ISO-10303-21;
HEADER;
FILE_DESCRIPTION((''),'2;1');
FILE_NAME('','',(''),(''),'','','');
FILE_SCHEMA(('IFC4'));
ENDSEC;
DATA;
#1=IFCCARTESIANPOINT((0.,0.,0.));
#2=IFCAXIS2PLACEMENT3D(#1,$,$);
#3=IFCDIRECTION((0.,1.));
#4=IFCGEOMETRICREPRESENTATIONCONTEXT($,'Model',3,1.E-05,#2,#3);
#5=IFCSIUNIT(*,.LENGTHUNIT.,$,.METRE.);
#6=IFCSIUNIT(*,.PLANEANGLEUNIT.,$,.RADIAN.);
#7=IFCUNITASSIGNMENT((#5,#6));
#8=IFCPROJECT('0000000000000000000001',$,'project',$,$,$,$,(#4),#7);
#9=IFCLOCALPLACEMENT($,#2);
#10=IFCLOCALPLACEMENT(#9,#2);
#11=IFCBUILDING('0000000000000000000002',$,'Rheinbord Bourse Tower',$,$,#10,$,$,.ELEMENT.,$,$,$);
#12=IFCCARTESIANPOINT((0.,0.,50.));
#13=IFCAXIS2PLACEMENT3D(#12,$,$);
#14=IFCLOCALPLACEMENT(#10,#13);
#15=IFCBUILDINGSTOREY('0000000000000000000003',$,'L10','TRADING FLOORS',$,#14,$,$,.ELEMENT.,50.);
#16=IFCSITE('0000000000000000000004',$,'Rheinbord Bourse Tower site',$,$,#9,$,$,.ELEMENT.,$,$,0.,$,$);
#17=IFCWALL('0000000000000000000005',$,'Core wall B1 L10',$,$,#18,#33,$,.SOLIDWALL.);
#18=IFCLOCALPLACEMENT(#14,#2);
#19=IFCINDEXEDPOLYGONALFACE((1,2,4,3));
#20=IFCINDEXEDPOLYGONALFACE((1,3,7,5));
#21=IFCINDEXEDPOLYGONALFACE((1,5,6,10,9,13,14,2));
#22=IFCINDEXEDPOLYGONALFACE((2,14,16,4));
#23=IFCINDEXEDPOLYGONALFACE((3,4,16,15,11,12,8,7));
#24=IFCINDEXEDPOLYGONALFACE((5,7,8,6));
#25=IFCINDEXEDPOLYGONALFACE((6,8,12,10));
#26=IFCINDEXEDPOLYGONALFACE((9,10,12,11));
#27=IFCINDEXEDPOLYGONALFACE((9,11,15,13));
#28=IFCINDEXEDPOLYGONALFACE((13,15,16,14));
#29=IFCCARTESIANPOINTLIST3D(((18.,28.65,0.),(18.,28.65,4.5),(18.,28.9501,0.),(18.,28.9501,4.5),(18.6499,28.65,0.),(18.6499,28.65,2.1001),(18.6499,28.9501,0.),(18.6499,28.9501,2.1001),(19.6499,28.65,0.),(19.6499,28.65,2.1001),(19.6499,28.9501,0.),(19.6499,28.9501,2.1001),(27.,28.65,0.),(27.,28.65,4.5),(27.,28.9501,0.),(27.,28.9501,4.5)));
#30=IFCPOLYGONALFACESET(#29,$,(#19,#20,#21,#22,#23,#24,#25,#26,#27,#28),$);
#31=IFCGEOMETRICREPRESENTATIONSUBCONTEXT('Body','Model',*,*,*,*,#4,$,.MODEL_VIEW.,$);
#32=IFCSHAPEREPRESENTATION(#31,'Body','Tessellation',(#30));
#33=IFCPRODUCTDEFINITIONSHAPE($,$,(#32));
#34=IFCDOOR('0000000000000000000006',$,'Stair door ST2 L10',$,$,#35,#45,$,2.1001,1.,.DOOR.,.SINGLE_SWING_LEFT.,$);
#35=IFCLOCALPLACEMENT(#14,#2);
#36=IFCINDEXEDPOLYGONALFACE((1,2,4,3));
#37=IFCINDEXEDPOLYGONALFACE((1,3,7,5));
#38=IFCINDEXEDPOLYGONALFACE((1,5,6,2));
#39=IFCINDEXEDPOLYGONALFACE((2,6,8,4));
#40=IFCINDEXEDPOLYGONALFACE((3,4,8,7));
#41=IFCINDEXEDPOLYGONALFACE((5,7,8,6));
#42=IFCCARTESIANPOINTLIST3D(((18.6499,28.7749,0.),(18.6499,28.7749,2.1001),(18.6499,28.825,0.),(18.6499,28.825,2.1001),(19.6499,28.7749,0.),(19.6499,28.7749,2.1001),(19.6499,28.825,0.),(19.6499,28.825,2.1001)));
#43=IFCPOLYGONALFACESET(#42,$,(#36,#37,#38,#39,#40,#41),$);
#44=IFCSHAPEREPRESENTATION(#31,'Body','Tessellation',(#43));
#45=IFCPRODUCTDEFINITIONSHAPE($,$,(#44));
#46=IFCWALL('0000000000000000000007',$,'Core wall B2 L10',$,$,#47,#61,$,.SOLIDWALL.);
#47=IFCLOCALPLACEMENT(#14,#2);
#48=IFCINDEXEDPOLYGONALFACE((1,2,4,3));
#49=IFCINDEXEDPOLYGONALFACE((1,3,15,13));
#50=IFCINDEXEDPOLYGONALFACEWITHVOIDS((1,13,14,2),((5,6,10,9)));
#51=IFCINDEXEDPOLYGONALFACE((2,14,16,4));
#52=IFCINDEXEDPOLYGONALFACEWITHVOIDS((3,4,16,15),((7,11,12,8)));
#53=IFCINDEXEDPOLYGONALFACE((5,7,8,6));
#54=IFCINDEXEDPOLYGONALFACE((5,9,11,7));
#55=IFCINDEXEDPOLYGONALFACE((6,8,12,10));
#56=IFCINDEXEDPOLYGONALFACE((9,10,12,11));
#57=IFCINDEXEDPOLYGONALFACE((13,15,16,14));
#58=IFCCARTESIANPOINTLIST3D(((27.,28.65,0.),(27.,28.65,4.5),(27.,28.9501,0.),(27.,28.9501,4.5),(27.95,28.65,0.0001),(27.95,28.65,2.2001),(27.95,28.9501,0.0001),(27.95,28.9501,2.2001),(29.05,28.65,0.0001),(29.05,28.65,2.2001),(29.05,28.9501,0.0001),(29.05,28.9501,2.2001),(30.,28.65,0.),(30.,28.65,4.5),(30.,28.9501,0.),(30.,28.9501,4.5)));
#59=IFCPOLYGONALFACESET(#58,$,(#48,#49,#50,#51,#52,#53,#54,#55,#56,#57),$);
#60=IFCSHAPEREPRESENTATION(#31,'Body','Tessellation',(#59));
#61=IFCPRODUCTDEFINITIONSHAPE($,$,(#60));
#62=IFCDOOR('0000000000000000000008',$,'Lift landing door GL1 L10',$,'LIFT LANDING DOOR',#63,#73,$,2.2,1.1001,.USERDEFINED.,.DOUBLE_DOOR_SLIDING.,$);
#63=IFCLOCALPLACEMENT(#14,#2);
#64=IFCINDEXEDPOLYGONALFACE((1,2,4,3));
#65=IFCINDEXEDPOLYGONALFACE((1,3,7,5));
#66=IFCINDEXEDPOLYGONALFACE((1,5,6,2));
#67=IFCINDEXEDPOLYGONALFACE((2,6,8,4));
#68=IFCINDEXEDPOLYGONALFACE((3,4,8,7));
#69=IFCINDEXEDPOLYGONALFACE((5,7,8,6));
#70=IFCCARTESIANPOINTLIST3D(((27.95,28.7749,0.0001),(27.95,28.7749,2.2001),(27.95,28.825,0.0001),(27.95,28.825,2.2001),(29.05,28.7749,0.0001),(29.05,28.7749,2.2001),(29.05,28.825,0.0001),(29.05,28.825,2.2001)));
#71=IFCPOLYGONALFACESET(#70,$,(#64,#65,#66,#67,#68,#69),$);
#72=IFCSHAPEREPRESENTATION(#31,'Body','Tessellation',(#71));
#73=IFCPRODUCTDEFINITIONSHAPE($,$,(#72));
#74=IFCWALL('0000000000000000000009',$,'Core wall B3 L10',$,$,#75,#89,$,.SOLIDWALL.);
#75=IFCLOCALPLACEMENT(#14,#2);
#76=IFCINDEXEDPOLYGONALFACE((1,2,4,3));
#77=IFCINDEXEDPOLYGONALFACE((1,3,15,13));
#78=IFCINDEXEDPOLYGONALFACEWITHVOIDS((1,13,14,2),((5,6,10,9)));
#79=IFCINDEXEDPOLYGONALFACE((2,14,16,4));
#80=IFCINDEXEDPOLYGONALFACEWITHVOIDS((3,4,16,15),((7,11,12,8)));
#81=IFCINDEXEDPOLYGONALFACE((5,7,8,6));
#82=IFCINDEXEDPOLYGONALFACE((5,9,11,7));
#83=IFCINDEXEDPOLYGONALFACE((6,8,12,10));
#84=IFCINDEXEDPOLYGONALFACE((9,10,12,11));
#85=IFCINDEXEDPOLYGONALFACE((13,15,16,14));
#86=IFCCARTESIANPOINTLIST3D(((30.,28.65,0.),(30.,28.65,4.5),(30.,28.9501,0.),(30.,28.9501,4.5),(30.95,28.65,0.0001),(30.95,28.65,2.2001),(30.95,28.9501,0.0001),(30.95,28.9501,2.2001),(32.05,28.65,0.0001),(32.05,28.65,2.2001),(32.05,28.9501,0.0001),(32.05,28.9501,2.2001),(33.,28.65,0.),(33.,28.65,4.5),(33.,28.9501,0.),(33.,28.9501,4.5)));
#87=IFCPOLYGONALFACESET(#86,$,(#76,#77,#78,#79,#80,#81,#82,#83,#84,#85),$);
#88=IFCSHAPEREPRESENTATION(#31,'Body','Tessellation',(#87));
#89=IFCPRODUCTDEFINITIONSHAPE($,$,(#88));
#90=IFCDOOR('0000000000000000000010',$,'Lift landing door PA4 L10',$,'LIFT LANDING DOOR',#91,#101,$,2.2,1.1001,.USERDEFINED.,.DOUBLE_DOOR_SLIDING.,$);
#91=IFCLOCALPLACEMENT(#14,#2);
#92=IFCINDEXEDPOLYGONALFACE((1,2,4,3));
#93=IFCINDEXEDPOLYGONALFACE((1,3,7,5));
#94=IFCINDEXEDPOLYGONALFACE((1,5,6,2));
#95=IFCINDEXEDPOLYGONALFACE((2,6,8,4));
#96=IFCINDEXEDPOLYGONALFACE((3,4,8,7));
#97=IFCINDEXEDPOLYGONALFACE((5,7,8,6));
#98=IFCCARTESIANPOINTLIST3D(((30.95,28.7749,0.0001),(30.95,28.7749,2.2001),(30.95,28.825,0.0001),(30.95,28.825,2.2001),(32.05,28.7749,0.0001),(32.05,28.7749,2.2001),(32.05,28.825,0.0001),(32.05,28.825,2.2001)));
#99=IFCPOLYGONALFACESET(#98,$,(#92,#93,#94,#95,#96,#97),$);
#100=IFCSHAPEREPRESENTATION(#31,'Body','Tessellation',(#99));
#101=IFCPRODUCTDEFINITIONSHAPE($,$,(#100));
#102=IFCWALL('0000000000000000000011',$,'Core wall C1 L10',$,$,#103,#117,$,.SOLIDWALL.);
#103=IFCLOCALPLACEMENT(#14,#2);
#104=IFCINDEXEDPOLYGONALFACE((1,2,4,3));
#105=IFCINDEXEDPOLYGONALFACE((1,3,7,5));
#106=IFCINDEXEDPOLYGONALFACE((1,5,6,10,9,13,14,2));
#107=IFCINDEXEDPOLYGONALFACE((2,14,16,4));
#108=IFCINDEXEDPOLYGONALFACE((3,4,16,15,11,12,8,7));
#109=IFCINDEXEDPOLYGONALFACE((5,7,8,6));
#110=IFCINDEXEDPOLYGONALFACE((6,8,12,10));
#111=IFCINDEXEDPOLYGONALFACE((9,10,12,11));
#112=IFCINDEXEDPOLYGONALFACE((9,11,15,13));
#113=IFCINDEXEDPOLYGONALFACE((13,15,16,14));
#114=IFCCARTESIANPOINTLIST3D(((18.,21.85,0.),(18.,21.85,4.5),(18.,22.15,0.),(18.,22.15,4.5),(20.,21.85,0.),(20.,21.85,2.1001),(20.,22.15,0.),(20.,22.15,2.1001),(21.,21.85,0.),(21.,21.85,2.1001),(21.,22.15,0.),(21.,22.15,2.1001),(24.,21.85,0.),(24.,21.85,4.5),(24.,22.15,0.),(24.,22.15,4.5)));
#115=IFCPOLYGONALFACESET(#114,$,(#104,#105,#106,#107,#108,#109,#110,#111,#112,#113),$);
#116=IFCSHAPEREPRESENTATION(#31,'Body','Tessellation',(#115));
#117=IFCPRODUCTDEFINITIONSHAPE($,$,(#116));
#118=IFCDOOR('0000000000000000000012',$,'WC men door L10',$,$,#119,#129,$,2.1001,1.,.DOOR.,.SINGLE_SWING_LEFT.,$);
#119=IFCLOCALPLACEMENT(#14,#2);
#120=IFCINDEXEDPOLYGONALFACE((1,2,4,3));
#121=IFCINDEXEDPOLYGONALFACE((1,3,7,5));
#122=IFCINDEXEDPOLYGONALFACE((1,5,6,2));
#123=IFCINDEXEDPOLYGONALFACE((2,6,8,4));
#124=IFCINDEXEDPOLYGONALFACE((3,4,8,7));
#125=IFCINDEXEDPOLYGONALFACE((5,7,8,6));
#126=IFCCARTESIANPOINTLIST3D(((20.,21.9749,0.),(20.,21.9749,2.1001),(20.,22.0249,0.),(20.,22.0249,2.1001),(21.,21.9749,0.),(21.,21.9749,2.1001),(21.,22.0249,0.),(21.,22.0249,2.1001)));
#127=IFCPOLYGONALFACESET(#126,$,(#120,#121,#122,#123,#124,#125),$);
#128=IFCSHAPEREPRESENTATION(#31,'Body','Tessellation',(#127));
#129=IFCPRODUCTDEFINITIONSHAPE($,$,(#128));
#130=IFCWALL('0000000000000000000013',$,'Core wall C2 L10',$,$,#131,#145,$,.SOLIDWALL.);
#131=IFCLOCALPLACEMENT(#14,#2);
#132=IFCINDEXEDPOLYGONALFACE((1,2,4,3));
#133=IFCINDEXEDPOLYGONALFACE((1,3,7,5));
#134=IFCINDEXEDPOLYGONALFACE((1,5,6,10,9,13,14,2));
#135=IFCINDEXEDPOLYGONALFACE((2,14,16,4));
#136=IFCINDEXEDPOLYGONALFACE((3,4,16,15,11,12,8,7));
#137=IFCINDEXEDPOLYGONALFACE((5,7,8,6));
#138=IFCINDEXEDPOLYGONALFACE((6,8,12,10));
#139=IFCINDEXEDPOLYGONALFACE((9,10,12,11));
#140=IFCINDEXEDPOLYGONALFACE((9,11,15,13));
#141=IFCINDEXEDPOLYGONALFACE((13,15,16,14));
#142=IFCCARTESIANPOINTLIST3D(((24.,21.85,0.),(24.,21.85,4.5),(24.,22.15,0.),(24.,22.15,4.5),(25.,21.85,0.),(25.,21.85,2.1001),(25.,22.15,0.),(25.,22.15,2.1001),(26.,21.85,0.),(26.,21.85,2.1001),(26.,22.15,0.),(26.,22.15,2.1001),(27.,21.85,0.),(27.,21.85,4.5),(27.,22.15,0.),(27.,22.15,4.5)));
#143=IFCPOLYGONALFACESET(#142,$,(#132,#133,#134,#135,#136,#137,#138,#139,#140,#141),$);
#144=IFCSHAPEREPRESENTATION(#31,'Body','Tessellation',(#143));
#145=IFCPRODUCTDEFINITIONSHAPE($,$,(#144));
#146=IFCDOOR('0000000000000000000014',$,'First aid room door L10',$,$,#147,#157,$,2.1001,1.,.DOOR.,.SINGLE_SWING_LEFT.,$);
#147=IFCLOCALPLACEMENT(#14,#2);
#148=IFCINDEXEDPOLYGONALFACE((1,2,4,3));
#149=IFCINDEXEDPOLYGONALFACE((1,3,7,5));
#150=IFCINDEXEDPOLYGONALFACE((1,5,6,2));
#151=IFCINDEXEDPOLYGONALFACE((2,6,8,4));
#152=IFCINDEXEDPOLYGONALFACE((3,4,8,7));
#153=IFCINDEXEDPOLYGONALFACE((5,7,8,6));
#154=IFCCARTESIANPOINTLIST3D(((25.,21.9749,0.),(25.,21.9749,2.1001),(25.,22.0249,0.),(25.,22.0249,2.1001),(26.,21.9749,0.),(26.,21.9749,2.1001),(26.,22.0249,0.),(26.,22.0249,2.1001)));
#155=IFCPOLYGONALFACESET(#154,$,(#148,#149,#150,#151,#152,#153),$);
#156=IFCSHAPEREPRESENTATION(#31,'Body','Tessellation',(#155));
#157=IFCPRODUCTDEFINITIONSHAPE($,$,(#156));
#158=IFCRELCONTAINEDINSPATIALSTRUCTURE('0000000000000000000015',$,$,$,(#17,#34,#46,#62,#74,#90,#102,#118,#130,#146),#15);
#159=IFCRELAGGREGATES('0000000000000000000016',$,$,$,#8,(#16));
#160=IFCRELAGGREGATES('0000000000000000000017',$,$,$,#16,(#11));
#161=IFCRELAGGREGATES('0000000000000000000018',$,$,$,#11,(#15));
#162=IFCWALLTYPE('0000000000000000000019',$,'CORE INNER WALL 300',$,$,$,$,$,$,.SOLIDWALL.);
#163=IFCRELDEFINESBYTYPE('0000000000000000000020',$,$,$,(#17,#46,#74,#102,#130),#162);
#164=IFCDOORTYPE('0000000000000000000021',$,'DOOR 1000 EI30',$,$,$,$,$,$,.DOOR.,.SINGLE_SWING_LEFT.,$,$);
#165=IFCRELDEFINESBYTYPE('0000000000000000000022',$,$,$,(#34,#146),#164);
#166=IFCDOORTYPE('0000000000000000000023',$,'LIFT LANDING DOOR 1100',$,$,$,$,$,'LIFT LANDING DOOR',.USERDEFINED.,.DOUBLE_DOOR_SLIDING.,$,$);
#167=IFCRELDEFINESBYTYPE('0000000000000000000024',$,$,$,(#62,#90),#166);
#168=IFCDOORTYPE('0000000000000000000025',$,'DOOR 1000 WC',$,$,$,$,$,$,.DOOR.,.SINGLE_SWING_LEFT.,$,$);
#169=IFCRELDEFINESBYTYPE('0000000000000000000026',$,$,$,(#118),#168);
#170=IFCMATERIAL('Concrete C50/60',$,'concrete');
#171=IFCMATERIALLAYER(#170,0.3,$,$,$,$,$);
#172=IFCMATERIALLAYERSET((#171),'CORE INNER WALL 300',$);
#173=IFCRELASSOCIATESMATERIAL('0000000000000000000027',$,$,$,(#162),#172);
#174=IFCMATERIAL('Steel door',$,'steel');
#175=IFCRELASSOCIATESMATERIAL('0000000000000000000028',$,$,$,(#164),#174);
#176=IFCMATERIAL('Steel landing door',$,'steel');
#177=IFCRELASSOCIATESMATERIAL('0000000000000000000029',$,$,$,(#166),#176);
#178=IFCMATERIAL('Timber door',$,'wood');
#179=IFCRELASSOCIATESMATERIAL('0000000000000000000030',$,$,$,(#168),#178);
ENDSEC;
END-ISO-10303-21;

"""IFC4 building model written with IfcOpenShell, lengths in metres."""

from ifc_helpers import new_model, si_unit, direction, frame, frame_2d, origin, place, context, subcontext, project, spatial, rectangle, extrude, material, layer, layer_set, type_object, element, fill, save


model = new_model("IFC4")

# Units and contexts
model_context = context("Model", 3, precision=1e-05, world=origin(), true_north=direction((0.0, 1.0)))
body_context = subcontext(model_context, "Body", "Model", "MODEL_VIEW")
ifc_project = project(units=[si_unit("LENGTHUNIT", "METRE"), si_unit("PLANEANGLEUNIT", "RADIAN")], contexts=[model_context])

# Site, building, storey
site_placement = place(None, origin())
site = spatial("IfcSite", under=ifc_project, at=site_placement, Name="Rheinbord Bourse Tower site", CompositionType="ELEMENT", RefElevation=0.0)
building_placement = place(site_placement, origin())
building = spatial("IfcBuilding", under=site, at=building_placement, Name="Rheinbord Bourse Tower", CompositionType="ELEMENT")
storey_placement = place(building_placement, frame((0.0, 0.0, 50.0)))
storey = spatial("IfcBuildingStorey", under=building, at=storey_placement, Name="L10", Description="TRADING FLOORS", CompositionType="ELEMENT", Elevation=50.0)

# Walls, openings, doors
ifc_material_1 = material(Name="Concrete C50/60", Category="concrete")
ifc_layer_1 = layer(ifc_material_1, 0.3)
ifc_layer_set_1 = layer_set([ifc_layer_1], Name="CORE INNER WALL 300")
wall_type_1 = type_object("IfcWallType", Name="CORE INNER WALL 300", PredefinedType="SOLIDWALL", material=ifc_layer_set_1)
wall_1_placement = place(storey_placement, frame((18.0, 28.8, 0.0), z_axis=(0.0, 0.0, 1.0), x_axis=(1.0, 0.0, 0.0)))
wall_1 = element("IfcWall", 1, at=wall_1_placement, inside=storey, type_object=wall_type_1, Name="Core wall B1 L10", PredefinedType="SOLIDWALL", context=body_context, shape_type="SweptSolid", body=[
    extrude(rectangle(XDim=9.0, YDim=0.3, at=frame_2d((4.5, 0.0))), origin(), (0.0, 0.0, 1.0), 4.5),
])
opening_1_placement = place(wall_1_placement, frame((0.6499, 0.0, 0.0)))
opening_1 = element("IfcOpeningElement", 2, at=opening_1_placement, cuts=wall_1, PredefinedType="OPENING", context=body_context, shape_type="SweptSolid", body=[
    extrude(rectangle(XDim=1.0, YDim=2.1001, at=frame_2d((0.5, 1.05))), frame((0.0, 0.1599, 0.0), z_axis=(0.0, -1.0, 0.0), x_axis=(1.0, 0.0, 0.0)), (0.0, 0.0, 1.0), 0.3201),
])
ifc_material_2 = material(Name="Steel door", Category="steel")
door_type_1 = type_object("IfcDoorType", Name="DOOR 1000 EI30", OperationType="SINGLE_SWING_LEFT", PredefinedType="DOOR", material=ifc_material_2)
door_1_placement = place(opening_1_placement, origin())
door_1 = element("IfcDoor", 3, at=door_1_placement, inside=storey, type_object=door_type_1, Name="Stair door ST2 L10", OperationType="SINGLE_SWING_LEFT", OverallHeight=2.1001, OverallWidth=1.0, PredefinedType="DOOR", context=body_context, shape_type="SweptSolid", body=[
    extrude(rectangle(XDim=1.0, YDim=2.1001, at=frame_2d((0.5, 1.05))), frame((0.0, 0.0249, 0.0), z_axis=(0.0, -1.0, 0.0), x_axis=(1.0, 0.0, 0.0)), (0.0, 0.0, 1.0), 0.05),
])
fill(opening_1, door_1)
wall_2_placement = place(storey_placement, frame((27.0, 28.8, 0.0), z_axis=(0.0, 0.0, 1.0), x_axis=(1.0, 0.0, 0.0)))
wall_2 = element("IfcWall", 4, at=wall_2_placement, inside=storey, type_object=wall_type_1, Name="Core wall B2 L10", PredefinedType="SOLIDWALL", context=body_context, shape_type="SweptSolid", body=[
    extrude(rectangle(XDim=3.0, YDim=0.3, at=frame_2d((1.5, 0.0))), origin(), (0.0, 0.0, 1.0), 4.5),
])
opening_2_placement = place(wall_2_placement, frame((0.95, 0.0, 0.0)))
opening_2 = element("IfcOpeningElement", 5, at=opening_2_placement, cuts=wall_2, PredefinedType="OPENING", context=body_context, shape_type="SweptSolid", body=[
    extrude(rectangle(XDim=1.1001, YDim=2.2, at=frame_2d((0.55, 1.1001))), frame((0.0, 0.1599, 0.0), z_axis=(0.0, -1.0, 0.0), x_axis=(1.0, 0.0, 0.0)), (0.0, 0.0, 1.0), 0.3201),
])
ifc_material_3 = material(Name="Steel landing door", Category="steel")
door_type_2 = type_object("IfcDoorType", Name="LIFT LANDING DOOR 1100", ElementType="LIFT LANDING DOOR", OperationType="DOUBLE_DOOR_SLIDING", PredefinedType="USERDEFINED", material=ifc_material_3)
door_2_placement = place(opening_2_placement, origin())
door_2 = element("IfcDoor", 6, at=door_2_placement, inside=storey, type_object=door_type_2, Name="Lift landing door GL1 L10", ObjectType="LIFT LANDING DOOR", OperationType="DOUBLE_DOOR_SLIDING", OverallHeight=2.2, OverallWidth=1.1001, PredefinedType="USERDEFINED", context=body_context, shape_type="SweptSolid", body=[
    extrude(rectangle(XDim=1.1001, YDim=2.2, at=frame_2d((0.55, 1.1001))), frame((0.0, 0.0249, 0.0), z_axis=(0.0, -1.0, 0.0), x_axis=(1.0, 0.0, 0.0)), (0.0, 0.0, 1.0), 0.05),
])
fill(opening_2, door_2)
wall_3_placement = place(storey_placement, frame((30.0, 28.8, 0.0), z_axis=(0.0, 0.0, 1.0), x_axis=(1.0, 0.0, 0.0)))
wall_3 = element("IfcWall", 7, at=wall_3_placement, inside=storey, type_object=wall_type_1, Name="Core wall B3 L10", PredefinedType="SOLIDWALL", context=body_context, shape_type="SweptSolid", body=[
    extrude(rectangle(XDim=3.0, YDim=0.3, at=frame_2d((1.5, 0.0))), origin(), (0.0, 0.0, 1.0), 4.5),
])
opening_3_placement = place(wall_3_placement, frame((0.95, 0.0, 0.0)))
opening_3 = element("IfcOpeningElement", 8, at=opening_3_placement, cuts=wall_3, PredefinedType="OPENING", context=body_context, shape_type="SweptSolid", body=[
    extrude(rectangle(XDim=1.1001, YDim=2.2, at=frame_2d((0.55, 1.1001))), frame((0.0, 0.1599, 0.0), z_axis=(0.0, -1.0, 0.0), x_axis=(1.0, 0.0, 0.0)), (0.0, 0.0, 1.0), 0.3201),
])
door_3_placement = place(opening_3_placement, origin())
door_3 = element("IfcDoor", 9, at=door_3_placement, inside=storey, type_object=door_type_2, Name="Lift landing door PA4 L10", ObjectType="LIFT LANDING DOOR", OperationType="DOUBLE_DOOR_SLIDING", OverallHeight=2.2, OverallWidth=1.1001, PredefinedType="USERDEFINED", context=body_context, shape_type="SweptSolid", body=[
    extrude(rectangle(XDim=1.1001, YDim=2.2, at=frame_2d((0.55, 1.1001))), frame((0.0, 0.0249, 0.0), z_axis=(0.0, -1.0, 0.0), x_axis=(1.0, 0.0, 0.0)), (0.0, 0.0, 1.0), 0.05),
])
fill(opening_3, door_3)
wall_4_placement = place(storey_placement, frame((18.0, 22.0, 0.0), z_axis=(0.0, 0.0, 1.0), x_axis=(1.0, 0.0, 0.0)))
wall_4 = element("IfcWall", 10, at=wall_4_placement, inside=storey, type_object=wall_type_1, Name="Core wall C1 L10", PredefinedType="SOLIDWALL", context=body_context, shape_type="SweptSolid", body=[
    extrude(rectangle(XDim=6.0, YDim=0.3, at=frame_2d((3.0, 0.0))), origin(), (0.0, 0.0, 1.0), 4.5),
])
opening_4_placement = place(wall_4_placement, frame((2.0, 0.0, 0.0)))
opening_4 = element("IfcOpeningElement", 11, at=opening_4_placement, cuts=wall_4, PredefinedType="OPENING", context=body_context, shape_type="SweptSolid", body=[
    extrude(rectangle(XDim=1.0, YDim=2.1001, at=frame_2d((0.5, 1.05))), frame((0.0, 0.1599, 0.0), z_axis=(0.0, -1.0, 0.0), x_axis=(1.0, 0.0, 0.0)), (0.0, 0.0, 1.0), 0.3201),
])
ifc_material_4 = material(Name="Timber door", Category="wood")
door_type_3 = type_object("IfcDoorType", Name="DOOR 1000 WC", OperationType="SINGLE_SWING_LEFT", PredefinedType="DOOR", material=ifc_material_4)
door_4_placement = place(opening_4_placement, origin())
door_4 = element("IfcDoor", 12, at=door_4_placement, inside=storey, type_object=door_type_3, Name="WC men door L10", OperationType="SINGLE_SWING_LEFT", OverallHeight=2.1001, OverallWidth=1.0, PredefinedType="DOOR", context=body_context, shape_type="SweptSolid", body=[
    extrude(rectangle(XDim=1.0, YDim=2.1001, at=frame_2d((0.5, 1.05))), frame((0.0, 0.0249, 0.0), z_axis=(0.0, -1.0, 0.0), x_axis=(1.0, 0.0, 0.0)), (0.0, 0.0, 1.0), 0.05),
])
fill(opening_4, door_4)
wall_5_placement = place(storey_placement, frame((24.0, 22.0, 0.0), z_axis=(0.0, 0.0, 1.0), x_axis=(1.0, 0.0, 0.0)))
wall_5 = element("IfcWall", 13, at=wall_5_placement, inside=storey, type_object=wall_type_1, Name="Core wall C2 L10", PredefinedType="SOLIDWALL", context=body_context, shape_type="SweptSolid", body=[
    extrude(rectangle(XDim=3.0, YDim=0.3, at=frame_2d((1.5, 0.0))), origin(), (0.0, 0.0, 1.0), 4.5),
])
opening_5_placement = place(wall_5_placement, frame((1.0, 0.0, 0.0)))
opening_5 = element("IfcOpeningElement", 14, at=opening_5_placement, cuts=wall_5, PredefinedType="OPENING", context=body_context, shape_type="SweptSolid", body=[
    extrude(rectangle(XDim=1.0, YDim=2.1001, at=frame_2d((0.5, 1.05))), frame((0.0, 0.1599, 0.0), z_axis=(0.0, -1.0, 0.0), x_axis=(1.0, 0.0, 0.0)), (0.0, 0.0, 1.0), 0.3201),
])
door_5_placement = place(opening_5_placement, origin())
door_5 = element("IfcDoor", 15, at=door_5_placement, inside=storey, type_object=door_type_1, Name="First aid room door L10", OperationType="SINGLE_SWING_LEFT", OverallHeight=2.1001, OverallWidth=1.0, PredefinedType="DOOR", context=body_context, shape_type="SweptSolid", body=[
    extrude(rectangle(XDim=1.0, YDim=2.1001, at=frame_2d((0.5, 1.05))), frame((0.0, 0.0249, 0.0), z_axis=(0.0, -1.0, 0.0), x_axis=(1.0, 0.0, 0.0)), (0.0, 0.0, 1.0), 0.05),
])
fill(opening_5, door_5)

save(model, "model.ifc")
